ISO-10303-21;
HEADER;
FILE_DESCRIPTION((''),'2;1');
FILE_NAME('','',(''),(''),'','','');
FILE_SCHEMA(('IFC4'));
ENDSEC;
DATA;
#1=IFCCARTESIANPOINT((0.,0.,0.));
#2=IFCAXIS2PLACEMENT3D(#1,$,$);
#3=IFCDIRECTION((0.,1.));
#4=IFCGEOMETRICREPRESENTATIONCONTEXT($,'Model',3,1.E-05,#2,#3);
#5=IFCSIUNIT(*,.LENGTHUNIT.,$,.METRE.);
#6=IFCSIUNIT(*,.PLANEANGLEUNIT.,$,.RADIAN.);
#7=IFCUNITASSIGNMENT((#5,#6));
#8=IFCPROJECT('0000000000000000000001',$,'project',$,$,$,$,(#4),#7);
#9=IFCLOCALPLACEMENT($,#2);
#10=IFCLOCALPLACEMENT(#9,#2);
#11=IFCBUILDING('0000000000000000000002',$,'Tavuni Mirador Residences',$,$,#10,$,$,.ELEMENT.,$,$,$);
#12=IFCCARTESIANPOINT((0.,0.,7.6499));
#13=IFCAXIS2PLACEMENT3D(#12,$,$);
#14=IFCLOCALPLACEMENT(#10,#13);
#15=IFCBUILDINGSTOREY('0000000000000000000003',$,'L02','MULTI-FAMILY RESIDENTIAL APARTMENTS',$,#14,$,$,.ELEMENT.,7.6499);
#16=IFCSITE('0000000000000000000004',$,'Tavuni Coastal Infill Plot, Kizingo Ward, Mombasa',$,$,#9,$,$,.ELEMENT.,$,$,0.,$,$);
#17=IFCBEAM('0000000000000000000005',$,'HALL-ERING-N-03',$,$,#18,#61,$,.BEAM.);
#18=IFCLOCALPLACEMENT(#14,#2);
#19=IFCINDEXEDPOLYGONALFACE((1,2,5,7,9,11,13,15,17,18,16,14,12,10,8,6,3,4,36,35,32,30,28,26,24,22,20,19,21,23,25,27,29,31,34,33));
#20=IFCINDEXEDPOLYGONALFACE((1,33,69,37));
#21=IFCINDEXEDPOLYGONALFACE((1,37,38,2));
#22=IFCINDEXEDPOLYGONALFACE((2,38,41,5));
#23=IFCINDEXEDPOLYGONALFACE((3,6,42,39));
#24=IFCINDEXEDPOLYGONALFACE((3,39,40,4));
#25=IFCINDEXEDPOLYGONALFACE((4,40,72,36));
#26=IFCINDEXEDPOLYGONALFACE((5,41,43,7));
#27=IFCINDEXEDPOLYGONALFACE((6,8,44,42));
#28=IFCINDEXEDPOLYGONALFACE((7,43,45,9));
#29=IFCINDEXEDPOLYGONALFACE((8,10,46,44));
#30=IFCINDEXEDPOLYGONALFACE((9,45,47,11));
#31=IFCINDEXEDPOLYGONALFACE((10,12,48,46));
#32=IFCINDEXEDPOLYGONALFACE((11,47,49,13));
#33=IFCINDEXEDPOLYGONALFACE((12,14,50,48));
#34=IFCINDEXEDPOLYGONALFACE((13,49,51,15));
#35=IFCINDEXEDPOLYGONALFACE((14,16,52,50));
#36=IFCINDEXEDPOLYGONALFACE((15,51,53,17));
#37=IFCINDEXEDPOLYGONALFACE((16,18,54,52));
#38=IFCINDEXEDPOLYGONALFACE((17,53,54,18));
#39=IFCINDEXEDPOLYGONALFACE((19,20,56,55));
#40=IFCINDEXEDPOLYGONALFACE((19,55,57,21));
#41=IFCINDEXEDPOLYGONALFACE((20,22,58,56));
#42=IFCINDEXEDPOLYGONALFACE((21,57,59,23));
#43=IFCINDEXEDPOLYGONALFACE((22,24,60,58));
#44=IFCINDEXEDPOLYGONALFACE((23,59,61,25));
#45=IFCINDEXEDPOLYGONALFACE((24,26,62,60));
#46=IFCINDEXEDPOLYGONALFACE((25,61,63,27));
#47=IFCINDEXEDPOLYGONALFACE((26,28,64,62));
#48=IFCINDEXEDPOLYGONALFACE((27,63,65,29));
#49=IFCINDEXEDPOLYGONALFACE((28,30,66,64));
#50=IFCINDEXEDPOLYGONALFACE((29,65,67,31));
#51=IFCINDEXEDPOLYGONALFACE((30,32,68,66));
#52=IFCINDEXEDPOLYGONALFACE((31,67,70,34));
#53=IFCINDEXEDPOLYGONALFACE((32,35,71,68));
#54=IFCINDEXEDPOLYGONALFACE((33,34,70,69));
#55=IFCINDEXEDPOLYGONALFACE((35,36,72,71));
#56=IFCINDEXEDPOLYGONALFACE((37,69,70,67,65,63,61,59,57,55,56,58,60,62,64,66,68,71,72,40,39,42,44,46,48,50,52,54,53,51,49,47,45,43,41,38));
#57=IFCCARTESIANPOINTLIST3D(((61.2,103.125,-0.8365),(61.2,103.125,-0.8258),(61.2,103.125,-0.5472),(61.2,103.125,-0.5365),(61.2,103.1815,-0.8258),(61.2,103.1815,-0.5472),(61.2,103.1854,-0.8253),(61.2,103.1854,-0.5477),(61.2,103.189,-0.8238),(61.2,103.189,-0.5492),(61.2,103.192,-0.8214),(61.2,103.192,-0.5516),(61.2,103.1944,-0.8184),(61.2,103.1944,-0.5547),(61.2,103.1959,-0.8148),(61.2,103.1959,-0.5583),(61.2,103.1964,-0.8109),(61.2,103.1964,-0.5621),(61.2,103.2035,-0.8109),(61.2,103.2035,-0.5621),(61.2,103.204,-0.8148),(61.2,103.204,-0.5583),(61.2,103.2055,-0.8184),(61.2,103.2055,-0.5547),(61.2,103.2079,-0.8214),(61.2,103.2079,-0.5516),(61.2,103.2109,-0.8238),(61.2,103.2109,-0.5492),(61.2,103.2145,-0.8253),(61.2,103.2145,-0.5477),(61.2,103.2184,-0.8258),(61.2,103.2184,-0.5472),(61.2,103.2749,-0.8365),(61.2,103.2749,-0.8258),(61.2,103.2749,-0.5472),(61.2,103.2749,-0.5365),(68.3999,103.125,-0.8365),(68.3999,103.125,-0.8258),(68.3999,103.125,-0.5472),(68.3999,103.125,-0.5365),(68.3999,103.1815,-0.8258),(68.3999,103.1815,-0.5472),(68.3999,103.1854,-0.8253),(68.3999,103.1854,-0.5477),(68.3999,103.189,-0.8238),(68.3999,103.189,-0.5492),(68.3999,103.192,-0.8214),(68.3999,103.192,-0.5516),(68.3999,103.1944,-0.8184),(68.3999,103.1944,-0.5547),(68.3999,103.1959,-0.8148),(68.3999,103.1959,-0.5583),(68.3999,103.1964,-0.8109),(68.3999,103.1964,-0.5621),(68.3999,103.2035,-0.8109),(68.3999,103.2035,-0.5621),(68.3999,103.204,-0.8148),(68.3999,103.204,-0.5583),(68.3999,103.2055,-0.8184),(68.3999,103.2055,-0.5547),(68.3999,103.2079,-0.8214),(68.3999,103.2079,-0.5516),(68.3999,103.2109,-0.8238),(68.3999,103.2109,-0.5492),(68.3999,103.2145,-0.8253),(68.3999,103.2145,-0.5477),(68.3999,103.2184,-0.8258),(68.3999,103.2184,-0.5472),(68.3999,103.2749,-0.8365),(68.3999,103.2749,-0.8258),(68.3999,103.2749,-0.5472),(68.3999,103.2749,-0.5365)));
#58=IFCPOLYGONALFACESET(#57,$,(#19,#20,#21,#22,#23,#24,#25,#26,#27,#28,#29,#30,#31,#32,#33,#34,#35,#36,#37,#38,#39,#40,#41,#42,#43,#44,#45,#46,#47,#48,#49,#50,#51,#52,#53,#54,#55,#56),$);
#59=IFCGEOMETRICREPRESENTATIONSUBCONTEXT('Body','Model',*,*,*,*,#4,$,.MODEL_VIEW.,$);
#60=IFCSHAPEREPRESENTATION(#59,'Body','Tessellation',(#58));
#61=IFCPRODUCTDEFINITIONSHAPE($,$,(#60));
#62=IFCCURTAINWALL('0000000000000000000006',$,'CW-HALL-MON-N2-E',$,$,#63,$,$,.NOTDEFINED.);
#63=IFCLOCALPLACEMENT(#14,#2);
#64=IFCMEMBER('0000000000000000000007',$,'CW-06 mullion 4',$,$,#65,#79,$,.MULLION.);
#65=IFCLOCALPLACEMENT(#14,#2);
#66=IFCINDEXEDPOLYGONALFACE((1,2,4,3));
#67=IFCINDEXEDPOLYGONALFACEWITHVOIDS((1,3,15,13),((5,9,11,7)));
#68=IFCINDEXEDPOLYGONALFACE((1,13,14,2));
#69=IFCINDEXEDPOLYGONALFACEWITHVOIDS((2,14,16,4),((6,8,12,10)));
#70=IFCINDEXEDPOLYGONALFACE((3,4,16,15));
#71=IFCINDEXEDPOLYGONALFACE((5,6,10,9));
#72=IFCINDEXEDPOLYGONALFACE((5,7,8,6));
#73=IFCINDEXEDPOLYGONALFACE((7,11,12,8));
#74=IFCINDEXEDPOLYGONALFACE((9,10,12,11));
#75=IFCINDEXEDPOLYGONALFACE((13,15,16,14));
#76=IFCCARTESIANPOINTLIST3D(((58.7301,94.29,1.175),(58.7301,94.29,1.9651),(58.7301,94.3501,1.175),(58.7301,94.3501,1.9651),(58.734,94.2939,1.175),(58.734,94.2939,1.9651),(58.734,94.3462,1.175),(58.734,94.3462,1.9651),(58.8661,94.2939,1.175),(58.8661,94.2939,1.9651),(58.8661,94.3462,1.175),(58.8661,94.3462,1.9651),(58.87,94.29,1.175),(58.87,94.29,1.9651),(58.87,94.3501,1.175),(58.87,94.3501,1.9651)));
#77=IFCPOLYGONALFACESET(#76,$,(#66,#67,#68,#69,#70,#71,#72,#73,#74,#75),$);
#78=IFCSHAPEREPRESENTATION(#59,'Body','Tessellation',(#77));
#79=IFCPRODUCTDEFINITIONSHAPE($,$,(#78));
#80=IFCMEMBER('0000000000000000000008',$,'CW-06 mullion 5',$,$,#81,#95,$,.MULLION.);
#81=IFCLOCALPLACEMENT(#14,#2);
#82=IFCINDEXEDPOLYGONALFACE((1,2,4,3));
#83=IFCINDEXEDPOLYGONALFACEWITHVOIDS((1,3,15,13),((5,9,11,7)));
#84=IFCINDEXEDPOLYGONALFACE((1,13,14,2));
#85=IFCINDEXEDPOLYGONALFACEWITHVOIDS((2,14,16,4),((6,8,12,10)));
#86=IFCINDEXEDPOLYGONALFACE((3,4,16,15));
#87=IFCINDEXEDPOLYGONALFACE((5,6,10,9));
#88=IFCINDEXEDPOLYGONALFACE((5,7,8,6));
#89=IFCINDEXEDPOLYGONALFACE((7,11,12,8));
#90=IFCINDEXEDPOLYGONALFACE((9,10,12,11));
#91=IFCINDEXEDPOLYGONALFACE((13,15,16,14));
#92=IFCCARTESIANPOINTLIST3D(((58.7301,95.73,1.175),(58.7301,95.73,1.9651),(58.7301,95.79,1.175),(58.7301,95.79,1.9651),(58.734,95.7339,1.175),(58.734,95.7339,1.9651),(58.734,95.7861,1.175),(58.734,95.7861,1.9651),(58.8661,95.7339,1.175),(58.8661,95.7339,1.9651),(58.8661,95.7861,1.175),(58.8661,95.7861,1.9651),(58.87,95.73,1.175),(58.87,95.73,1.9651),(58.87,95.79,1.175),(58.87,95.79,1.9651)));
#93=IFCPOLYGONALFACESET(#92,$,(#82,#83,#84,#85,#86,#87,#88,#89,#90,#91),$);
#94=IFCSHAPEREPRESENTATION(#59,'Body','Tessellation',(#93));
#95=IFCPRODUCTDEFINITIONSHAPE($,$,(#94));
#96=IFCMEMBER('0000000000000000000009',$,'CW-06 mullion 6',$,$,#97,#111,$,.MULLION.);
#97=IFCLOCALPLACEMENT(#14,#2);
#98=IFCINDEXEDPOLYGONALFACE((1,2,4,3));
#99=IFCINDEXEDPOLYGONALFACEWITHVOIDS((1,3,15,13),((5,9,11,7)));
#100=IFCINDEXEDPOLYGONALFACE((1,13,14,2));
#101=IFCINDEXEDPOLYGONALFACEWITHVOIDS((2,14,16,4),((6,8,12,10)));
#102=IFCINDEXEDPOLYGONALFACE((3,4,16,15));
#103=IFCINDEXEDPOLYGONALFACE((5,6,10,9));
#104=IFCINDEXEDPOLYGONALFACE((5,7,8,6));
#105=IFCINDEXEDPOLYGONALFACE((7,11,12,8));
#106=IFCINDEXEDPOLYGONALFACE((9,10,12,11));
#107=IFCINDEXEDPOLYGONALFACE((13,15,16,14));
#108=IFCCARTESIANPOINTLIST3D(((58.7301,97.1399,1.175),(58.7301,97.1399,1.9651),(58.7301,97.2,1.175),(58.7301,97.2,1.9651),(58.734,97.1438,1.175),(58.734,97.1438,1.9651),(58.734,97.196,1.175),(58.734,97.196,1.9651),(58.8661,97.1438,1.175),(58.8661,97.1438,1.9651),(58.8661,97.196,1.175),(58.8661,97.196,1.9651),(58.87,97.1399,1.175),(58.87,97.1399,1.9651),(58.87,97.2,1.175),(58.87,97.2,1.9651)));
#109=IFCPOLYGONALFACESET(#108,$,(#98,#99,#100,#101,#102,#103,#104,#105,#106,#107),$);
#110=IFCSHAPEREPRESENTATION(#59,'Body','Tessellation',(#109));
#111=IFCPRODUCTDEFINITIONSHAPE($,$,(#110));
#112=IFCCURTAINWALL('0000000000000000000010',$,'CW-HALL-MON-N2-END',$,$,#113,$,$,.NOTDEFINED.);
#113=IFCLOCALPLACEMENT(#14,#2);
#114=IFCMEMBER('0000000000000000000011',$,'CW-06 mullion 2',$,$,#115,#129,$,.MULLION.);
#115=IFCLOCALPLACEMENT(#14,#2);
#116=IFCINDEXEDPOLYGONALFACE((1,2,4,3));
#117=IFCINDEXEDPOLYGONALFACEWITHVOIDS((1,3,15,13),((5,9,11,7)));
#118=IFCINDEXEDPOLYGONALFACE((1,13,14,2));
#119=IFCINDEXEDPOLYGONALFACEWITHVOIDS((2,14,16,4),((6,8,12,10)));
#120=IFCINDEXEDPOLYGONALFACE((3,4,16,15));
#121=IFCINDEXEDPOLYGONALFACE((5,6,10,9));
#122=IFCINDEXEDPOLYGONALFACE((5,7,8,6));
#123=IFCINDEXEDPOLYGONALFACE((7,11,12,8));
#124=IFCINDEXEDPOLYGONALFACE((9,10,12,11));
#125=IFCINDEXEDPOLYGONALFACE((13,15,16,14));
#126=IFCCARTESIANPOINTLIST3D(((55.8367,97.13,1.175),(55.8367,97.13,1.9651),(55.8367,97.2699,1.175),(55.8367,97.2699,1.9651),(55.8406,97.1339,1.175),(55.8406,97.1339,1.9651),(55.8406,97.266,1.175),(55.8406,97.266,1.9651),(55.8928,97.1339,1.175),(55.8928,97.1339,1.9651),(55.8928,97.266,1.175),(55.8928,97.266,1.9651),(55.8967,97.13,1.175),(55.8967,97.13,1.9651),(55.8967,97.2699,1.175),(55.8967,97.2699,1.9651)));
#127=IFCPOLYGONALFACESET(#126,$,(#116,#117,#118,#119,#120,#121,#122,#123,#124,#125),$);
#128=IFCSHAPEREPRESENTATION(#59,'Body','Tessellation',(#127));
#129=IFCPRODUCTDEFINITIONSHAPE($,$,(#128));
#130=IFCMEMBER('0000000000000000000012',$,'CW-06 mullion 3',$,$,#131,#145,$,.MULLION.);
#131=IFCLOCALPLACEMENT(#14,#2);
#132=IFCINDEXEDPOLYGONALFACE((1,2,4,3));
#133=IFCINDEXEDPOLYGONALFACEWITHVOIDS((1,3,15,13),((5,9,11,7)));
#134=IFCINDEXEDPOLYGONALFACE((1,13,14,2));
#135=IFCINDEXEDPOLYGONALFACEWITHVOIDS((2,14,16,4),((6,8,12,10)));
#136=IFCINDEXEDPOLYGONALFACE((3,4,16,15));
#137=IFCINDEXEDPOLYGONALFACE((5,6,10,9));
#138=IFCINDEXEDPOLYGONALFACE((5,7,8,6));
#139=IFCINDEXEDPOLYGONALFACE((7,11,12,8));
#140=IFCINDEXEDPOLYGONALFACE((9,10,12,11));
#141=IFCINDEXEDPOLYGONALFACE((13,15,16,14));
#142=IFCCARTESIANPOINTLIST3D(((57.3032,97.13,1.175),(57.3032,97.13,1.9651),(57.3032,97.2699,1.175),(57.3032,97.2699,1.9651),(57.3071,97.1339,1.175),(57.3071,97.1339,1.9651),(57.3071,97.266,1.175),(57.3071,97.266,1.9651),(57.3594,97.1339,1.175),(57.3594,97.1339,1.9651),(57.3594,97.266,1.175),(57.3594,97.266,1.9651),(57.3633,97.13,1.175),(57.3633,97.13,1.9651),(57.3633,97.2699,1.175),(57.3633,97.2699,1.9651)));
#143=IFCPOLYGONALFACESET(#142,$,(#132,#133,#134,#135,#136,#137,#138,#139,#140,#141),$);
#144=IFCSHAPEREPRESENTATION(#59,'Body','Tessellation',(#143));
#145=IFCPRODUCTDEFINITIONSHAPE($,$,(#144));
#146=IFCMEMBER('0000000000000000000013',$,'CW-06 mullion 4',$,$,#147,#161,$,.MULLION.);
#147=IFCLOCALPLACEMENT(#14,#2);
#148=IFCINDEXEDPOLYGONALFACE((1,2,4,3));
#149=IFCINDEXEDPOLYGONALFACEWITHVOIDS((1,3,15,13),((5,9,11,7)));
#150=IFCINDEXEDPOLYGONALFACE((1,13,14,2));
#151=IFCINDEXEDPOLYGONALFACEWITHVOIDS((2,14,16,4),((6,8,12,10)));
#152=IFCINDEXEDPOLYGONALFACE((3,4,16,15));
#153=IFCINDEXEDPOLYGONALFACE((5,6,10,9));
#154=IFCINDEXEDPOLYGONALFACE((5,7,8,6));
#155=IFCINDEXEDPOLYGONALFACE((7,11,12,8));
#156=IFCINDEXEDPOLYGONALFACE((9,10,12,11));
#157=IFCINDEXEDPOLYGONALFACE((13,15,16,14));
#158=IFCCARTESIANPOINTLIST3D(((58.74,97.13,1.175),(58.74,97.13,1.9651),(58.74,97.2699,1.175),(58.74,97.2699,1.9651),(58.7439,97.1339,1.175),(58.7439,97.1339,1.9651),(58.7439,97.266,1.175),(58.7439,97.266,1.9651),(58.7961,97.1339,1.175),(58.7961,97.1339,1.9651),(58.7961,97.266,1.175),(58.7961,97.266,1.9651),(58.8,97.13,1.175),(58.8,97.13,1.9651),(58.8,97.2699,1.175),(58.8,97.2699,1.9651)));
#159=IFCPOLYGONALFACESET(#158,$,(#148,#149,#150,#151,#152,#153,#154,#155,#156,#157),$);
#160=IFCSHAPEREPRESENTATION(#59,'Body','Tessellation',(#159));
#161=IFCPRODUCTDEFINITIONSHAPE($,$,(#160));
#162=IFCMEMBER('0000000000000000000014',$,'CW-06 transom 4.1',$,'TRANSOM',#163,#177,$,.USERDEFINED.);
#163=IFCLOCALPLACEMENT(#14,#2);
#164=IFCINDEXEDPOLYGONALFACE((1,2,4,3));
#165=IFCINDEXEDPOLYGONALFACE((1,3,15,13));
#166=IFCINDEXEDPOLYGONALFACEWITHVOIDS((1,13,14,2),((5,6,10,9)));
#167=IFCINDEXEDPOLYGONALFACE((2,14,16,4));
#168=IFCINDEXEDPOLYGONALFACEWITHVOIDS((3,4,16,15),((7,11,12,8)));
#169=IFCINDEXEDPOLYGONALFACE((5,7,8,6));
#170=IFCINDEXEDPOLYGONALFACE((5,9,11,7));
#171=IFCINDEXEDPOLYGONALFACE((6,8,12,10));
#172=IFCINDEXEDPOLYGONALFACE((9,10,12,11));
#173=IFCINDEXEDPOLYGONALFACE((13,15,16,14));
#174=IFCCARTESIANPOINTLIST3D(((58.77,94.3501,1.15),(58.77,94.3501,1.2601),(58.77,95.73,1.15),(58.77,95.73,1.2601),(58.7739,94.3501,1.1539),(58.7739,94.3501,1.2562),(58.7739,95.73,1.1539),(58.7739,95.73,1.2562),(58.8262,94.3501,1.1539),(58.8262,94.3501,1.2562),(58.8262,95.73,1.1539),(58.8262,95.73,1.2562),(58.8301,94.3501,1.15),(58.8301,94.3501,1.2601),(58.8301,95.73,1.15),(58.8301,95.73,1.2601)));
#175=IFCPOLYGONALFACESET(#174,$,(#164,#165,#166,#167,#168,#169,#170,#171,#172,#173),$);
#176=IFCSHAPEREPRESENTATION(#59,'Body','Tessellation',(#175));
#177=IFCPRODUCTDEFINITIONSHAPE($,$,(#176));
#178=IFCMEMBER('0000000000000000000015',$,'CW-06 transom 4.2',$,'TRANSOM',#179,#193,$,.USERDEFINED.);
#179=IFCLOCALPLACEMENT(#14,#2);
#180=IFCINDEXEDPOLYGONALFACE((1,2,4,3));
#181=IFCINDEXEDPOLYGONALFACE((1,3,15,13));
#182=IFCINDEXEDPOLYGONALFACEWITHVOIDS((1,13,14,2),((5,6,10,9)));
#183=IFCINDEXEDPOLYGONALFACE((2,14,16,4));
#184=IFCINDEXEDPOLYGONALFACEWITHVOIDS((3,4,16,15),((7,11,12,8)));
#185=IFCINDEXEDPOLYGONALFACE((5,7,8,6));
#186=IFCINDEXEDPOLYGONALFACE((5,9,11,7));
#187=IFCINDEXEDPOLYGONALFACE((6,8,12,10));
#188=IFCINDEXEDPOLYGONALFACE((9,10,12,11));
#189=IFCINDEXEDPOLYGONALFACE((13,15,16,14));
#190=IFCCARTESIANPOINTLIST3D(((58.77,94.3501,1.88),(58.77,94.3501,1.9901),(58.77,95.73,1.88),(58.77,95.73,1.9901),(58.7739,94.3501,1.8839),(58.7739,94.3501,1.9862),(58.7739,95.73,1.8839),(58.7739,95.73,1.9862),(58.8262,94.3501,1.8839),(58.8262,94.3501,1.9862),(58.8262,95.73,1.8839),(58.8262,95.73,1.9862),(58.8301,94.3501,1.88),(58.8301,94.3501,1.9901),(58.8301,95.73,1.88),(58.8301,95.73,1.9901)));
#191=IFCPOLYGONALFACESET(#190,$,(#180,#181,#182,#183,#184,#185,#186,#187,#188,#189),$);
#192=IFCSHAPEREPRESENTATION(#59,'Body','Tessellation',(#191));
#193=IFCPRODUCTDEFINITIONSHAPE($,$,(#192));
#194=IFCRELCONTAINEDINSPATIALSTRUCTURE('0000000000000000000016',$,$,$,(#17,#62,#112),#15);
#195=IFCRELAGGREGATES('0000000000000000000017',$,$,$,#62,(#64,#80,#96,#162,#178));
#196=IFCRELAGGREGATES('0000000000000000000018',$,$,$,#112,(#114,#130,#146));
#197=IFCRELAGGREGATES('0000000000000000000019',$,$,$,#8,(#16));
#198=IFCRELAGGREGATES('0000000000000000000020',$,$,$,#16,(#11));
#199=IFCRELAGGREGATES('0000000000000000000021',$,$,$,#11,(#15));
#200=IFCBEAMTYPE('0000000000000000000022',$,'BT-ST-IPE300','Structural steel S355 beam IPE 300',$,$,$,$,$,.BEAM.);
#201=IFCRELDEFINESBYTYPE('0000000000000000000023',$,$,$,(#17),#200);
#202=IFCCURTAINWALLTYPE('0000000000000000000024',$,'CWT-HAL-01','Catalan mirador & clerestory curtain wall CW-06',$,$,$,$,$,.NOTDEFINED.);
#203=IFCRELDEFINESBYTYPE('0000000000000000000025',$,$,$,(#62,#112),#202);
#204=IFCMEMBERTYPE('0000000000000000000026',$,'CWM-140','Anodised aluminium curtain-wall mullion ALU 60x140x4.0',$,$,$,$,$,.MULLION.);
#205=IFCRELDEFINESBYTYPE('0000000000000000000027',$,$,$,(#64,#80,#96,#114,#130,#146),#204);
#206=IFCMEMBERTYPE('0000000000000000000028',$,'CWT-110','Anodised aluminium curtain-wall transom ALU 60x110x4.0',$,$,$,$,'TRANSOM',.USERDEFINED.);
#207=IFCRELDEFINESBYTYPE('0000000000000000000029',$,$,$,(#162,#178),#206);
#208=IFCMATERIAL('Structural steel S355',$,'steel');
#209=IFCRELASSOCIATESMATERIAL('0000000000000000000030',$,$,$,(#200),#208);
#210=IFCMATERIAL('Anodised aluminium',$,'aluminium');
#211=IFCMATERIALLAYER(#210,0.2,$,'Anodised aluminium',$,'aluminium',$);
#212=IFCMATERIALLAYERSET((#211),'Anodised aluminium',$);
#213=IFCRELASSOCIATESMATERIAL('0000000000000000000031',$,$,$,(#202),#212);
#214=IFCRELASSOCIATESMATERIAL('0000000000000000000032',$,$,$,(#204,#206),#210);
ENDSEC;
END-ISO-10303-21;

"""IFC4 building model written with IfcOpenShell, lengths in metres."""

from ifc_helpers import new_model, si_unit, direction, frame, origin, origin_2d, place, context, subcontext, project, spatial, hollow_rectangle, i_section, extrude, material, layer, layer_set, material_profile, profile_set, type_object, element, aggregate, save


model = new_model("IFC4")

# Units and contexts
model_context = context("Model", 3, precision=1e-05, world=origin(), true_north=direction((0.0, 1.0)))
body_context = subcontext(model_context, "Body", "Model", "MODEL_VIEW")
ifc_project = project(units=[si_unit("LENGTHUNIT", "METRE"), si_unit("PLANEANGLEUNIT", "RADIAN")], contexts=[model_context])

# Site, building, storey
site_placement = place(None, origin())
site = spatial("IfcSite", under=ifc_project, at=site_placement, Name="Tavuni Coastal Infill Plot, Kizingo Ward, Mombasa", CompositionType="ELEMENT", RefElevation=0.0)
building_placement = place(site_placement, origin())
building = spatial("IfcBuilding", under=site, at=building_placement, Name="Tavuni Mirador Residences", CompositionType="ELEMENT")
storey_placement = place(building_placement, frame((0.0, 0.0, 7.6499)))
storey = spatial("IfcBuildingStorey", under=building, at=storey_placement, Name="L02", Description="MULTI-FAMILY RESIDENTIAL APARTMENTS", CompositionType="ELEMENT", Elevation=7.6499)

# Beam
ifc_material_1 = material(Name="Structural steel S355", Category="steel")
ifc_material_profile_1 = material_profile(ifc_material_1, i_section(OverallWidth=0.1499, OverallDepth=0.3, WebThickness=0.0071, FlangeThickness=0.0107, FilletRadius=0.0149, at=origin_2d()), Name="IPE 300", Category="steel")
ifc_profile_set_1 = profile_set([ifc_material_profile_1], Name="Structural steel S355")
beam_type = type_object("IfcBeamType", Name="BT-ST-IPE300", Description="Structural steel S355 beam IPE 300", PredefinedType="BEAM", material=ifc_profile_set_1)
beam_placement = place(storey_placement, frame((61.2, 103.2, -0.6865), z_axis=(1.0, 0.0, 0.0), x_axis=(0.0, 1.0, 0.0)))
element("IfcBeam", 1, at=beam_placement, inside=storey, type_object=beam_type, Name="HALL-ERING-N-03", PredefinedType="BEAM", context=body_context, shape_type="SweptSolid", body=[
    extrude(i_section(OverallWidth=0.1499, OverallDepth=0.3, WebThickness=0.0071, FlangeThickness=0.0107, FilletRadius=0.0149, at=origin_2d()), origin(), (0.0, 0.0, 1.0), 7.2),
])

# Curtain walls, members
ifc_material_2 = material(Name="Anodised aluminium", Category="aluminium")
ifc_layer_1 = layer(ifc_material_2, 0.2, Name="Anodised aluminium", Category="aluminium")
ifc_layer_set_1 = layer_set([ifc_layer_1], Name="Anodised aluminium")
curtain_wall_type = type_object("IfcCurtainWallType", Name="CWT-HAL-01", Description="Catalan mirador & clerestory curtain wall CW-06", PredefinedType="NOTDEFINED", material=ifc_layer_set_1)
curtain_wall_1_placement = place(storey_placement, origin())
curtain_wall_1 = element("IfcCurtainWall", 2, at=curtain_wall_1_placement, inside=storey, type_object=curtain_wall_type, Name="CW-HALL-MON-N2-E", PredefinedType="NOTDEFINED")
ifc_material_profile_2 = material_profile(ifc_material_2, hollow_rectangle(XDim=0.0601, YDim=0.1399, WallThickness=0.0039, at=origin_2d()), Name="ALU 60x140x4.0", Category="aluminium")
ifc_profile_set_2 = profile_set([ifc_material_profile_2], Name="Anodised aluminium")
member_type_1 = type_object("IfcMemberType", Name="CWM-140", Description="Anodised aluminium curtain-wall mullion ALU 60x140x4.0", PredefinedType="MULLION", material=ifc_profile_set_2)
member_1_placement = place(storey_placement, frame((58.8, 94.3201, 1.175), z_axis=(0.0, 0.0, 1.0), x_axis=(0.0, 1.0, 0.0)))
member_1 = element("IfcMember", 3, at=member_1_placement, type_object=member_type_1, Name="CW-06 mullion 4", PredefinedType="MULLION", context=body_context, shape_type="SweptSolid", body=[
    extrude(hollow_rectangle(XDim=0.0601, YDim=0.1399, WallThickness=0.0039, at=origin_2d()), origin(), (0.0, 0.0, 1.0), 0.79),
])
member_2_placement = place(storey_placement, frame((58.8, 95.76, 1.175), z_axis=(0.0, 0.0, 1.0), x_axis=(0.0, 1.0, 0.0)))
member_2 = element("IfcMember", 4, at=member_2_placement, type_object=member_type_1, Name="CW-06 mullion 5", PredefinedType="MULLION", context=body_context, shape_type="SweptSolid", body=[
    extrude(hollow_rectangle(XDim=0.0601, YDim=0.1399, WallThickness=0.0039, at=origin_2d()), origin(), (0.0, 0.0, 1.0), 0.79),
])
member_3_placement = place(storey_placement, frame((58.8, 97.1699, 1.175), z_axis=(0.0, 0.0, 1.0), x_axis=(0.0, 1.0, 0.0)))
member_3 = element("IfcMember", 5, at=member_3_placement, type_object=member_type_1, Name="CW-06 mullion 6", PredefinedType="MULLION", context=body_context, shape_type="SweptSolid", body=[
    extrude(hollow_rectangle(XDim=0.0601, YDim=0.1399, WallThickness=0.0039, at=origin_2d()), origin(), (0.0, 0.0, 1.0), 0.79),
])
curtain_wall_2_placement = place(storey_placement, origin())
curtain_wall_2 = element("IfcCurtainWall", 6, at=curtain_wall_2_placement, inside=storey, type_object=curtain_wall_type, Name="CW-HALL-MON-N2-END", PredefinedType="NOTDEFINED")
member_4_placement = place(storey_placement, frame((55.8667, 97.2, 1.175), z_axis=(0.0, 0.0, 1.0), x_axis=(1.0, 0.0, 0.0)))
member_4 = element("IfcMember", 7, at=member_4_placement, type_object=member_type_1, Name="CW-06 mullion 2", PredefinedType="MULLION", context=body_context, shape_type="SweptSolid", body=[
    extrude(hollow_rectangle(XDim=0.0601, YDim=0.1399, WallThickness=0.0039, at=origin_2d()), origin(), (0.0, 0.0, 1.0), 0.79),
])
member_5_placement = place(storey_placement, frame((57.3333, 97.2, 1.175), z_axis=(0.0, 0.0, 1.0), x_axis=(1.0, 0.0, 0.0)))
member_5 = element("IfcMember", 8, at=member_5_placement, type_object=member_type_1, Name="CW-06 mullion 3", PredefinedType="MULLION", context=body_context, shape_type="SweptSolid", body=[
    extrude(hollow_rectangle(XDim=0.0601, YDim=0.1399, WallThickness=0.0039, at=origin_2d()), origin(), (0.0, 0.0, 1.0), 0.79),
])
member_6_placement = place(storey_placement, frame((58.77, 97.2, 1.175), z_axis=(0.0, 0.0, 1.0), x_axis=(1.0, 0.0, 0.0)))
member_6 = element("IfcMember", 9, at=member_6_placement, type_object=member_type_1, Name="CW-06 mullion 4", PredefinedType="MULLION", context=body_context, shape_type="SweptSolid", body=[
    extrude(hollow_rectangle(XDim=0.0601, YDim=0.1399, WallThickness=0.0039, at=origin_2d()), origin(), (0.0, 0.0, 1.0), 0.79),
])

# Members
ifc_material_profile_3 = material_profile(ifc_material_2, hollow_rectangle(XDim=0.0601, YDim=0.1101, WallThickness=0.0039, at=origin_2d()), Name="ALU 60x110x4.0", Category="aluminium")
ifc_profile_set_3 = profile_set([ifc_material_profile_3], Name="Anodised aluminium")
member_type_2 = type_object("IfcMemberType", Name="CWT-110", Description="Anodised aluminium curtain-wall transom ALU 60x110x4.0", ElementType="TRANSOM", PredefinedType="USERDEFINED", material=ifc_profile_set_3)
member_7_placement = place(storey_placement, frame((58.8, 94.3501, 1.2051), z_axis=(0.0, 1.0, 0.0), x_axis=(-1.0, 0.0, 0.0)))
member_7 = element("IfcMember", 10, at=member_7_placement, type_object=member_type_2, Name="CW-06 transom 4.1", ObjectType="TRANSOM", PredefinedType="USERDEFINED", context=body_context, shape_type="SweptSolid", body=[
    extrude(hollow_rectangle(XDim=0.0601, YDim=0.1101, WallThickness=0.0039, at=origin_2d()), origin(), (0.0, 0.0, 1.0), 1.3799),
])
member_8_placement = place(storey_placement, frame((58.8, 94.3501, 1.9351), z_axis=(0.0, 1.0, 0.0), x_axis=(-1.0, 0.0, 0.0)))
member_8 = element("IfcMember", 11, at=member_8_placement, type_object=member_type_2, Name="CW-06 transom 4.2", ObjectType="TRANSOM", PredefinedType="USERDEFINED", context=body_context, shape_type="SweptSolid", body=[
    extrude(hollow_rectangle(XDim=0.0601, YDim=0.1101, WallThickness=0.0039, at=origin_2d()), origin(), (0.0, 0.0, 1.0), 1.3799),
])

aggregate(curtain_wall_1, [member_1, member_2, member_3, member_7, member_8])
aggregate(curtain_wall_2, [member_4, member_5, member_6])

save(model, "model.ifc")
